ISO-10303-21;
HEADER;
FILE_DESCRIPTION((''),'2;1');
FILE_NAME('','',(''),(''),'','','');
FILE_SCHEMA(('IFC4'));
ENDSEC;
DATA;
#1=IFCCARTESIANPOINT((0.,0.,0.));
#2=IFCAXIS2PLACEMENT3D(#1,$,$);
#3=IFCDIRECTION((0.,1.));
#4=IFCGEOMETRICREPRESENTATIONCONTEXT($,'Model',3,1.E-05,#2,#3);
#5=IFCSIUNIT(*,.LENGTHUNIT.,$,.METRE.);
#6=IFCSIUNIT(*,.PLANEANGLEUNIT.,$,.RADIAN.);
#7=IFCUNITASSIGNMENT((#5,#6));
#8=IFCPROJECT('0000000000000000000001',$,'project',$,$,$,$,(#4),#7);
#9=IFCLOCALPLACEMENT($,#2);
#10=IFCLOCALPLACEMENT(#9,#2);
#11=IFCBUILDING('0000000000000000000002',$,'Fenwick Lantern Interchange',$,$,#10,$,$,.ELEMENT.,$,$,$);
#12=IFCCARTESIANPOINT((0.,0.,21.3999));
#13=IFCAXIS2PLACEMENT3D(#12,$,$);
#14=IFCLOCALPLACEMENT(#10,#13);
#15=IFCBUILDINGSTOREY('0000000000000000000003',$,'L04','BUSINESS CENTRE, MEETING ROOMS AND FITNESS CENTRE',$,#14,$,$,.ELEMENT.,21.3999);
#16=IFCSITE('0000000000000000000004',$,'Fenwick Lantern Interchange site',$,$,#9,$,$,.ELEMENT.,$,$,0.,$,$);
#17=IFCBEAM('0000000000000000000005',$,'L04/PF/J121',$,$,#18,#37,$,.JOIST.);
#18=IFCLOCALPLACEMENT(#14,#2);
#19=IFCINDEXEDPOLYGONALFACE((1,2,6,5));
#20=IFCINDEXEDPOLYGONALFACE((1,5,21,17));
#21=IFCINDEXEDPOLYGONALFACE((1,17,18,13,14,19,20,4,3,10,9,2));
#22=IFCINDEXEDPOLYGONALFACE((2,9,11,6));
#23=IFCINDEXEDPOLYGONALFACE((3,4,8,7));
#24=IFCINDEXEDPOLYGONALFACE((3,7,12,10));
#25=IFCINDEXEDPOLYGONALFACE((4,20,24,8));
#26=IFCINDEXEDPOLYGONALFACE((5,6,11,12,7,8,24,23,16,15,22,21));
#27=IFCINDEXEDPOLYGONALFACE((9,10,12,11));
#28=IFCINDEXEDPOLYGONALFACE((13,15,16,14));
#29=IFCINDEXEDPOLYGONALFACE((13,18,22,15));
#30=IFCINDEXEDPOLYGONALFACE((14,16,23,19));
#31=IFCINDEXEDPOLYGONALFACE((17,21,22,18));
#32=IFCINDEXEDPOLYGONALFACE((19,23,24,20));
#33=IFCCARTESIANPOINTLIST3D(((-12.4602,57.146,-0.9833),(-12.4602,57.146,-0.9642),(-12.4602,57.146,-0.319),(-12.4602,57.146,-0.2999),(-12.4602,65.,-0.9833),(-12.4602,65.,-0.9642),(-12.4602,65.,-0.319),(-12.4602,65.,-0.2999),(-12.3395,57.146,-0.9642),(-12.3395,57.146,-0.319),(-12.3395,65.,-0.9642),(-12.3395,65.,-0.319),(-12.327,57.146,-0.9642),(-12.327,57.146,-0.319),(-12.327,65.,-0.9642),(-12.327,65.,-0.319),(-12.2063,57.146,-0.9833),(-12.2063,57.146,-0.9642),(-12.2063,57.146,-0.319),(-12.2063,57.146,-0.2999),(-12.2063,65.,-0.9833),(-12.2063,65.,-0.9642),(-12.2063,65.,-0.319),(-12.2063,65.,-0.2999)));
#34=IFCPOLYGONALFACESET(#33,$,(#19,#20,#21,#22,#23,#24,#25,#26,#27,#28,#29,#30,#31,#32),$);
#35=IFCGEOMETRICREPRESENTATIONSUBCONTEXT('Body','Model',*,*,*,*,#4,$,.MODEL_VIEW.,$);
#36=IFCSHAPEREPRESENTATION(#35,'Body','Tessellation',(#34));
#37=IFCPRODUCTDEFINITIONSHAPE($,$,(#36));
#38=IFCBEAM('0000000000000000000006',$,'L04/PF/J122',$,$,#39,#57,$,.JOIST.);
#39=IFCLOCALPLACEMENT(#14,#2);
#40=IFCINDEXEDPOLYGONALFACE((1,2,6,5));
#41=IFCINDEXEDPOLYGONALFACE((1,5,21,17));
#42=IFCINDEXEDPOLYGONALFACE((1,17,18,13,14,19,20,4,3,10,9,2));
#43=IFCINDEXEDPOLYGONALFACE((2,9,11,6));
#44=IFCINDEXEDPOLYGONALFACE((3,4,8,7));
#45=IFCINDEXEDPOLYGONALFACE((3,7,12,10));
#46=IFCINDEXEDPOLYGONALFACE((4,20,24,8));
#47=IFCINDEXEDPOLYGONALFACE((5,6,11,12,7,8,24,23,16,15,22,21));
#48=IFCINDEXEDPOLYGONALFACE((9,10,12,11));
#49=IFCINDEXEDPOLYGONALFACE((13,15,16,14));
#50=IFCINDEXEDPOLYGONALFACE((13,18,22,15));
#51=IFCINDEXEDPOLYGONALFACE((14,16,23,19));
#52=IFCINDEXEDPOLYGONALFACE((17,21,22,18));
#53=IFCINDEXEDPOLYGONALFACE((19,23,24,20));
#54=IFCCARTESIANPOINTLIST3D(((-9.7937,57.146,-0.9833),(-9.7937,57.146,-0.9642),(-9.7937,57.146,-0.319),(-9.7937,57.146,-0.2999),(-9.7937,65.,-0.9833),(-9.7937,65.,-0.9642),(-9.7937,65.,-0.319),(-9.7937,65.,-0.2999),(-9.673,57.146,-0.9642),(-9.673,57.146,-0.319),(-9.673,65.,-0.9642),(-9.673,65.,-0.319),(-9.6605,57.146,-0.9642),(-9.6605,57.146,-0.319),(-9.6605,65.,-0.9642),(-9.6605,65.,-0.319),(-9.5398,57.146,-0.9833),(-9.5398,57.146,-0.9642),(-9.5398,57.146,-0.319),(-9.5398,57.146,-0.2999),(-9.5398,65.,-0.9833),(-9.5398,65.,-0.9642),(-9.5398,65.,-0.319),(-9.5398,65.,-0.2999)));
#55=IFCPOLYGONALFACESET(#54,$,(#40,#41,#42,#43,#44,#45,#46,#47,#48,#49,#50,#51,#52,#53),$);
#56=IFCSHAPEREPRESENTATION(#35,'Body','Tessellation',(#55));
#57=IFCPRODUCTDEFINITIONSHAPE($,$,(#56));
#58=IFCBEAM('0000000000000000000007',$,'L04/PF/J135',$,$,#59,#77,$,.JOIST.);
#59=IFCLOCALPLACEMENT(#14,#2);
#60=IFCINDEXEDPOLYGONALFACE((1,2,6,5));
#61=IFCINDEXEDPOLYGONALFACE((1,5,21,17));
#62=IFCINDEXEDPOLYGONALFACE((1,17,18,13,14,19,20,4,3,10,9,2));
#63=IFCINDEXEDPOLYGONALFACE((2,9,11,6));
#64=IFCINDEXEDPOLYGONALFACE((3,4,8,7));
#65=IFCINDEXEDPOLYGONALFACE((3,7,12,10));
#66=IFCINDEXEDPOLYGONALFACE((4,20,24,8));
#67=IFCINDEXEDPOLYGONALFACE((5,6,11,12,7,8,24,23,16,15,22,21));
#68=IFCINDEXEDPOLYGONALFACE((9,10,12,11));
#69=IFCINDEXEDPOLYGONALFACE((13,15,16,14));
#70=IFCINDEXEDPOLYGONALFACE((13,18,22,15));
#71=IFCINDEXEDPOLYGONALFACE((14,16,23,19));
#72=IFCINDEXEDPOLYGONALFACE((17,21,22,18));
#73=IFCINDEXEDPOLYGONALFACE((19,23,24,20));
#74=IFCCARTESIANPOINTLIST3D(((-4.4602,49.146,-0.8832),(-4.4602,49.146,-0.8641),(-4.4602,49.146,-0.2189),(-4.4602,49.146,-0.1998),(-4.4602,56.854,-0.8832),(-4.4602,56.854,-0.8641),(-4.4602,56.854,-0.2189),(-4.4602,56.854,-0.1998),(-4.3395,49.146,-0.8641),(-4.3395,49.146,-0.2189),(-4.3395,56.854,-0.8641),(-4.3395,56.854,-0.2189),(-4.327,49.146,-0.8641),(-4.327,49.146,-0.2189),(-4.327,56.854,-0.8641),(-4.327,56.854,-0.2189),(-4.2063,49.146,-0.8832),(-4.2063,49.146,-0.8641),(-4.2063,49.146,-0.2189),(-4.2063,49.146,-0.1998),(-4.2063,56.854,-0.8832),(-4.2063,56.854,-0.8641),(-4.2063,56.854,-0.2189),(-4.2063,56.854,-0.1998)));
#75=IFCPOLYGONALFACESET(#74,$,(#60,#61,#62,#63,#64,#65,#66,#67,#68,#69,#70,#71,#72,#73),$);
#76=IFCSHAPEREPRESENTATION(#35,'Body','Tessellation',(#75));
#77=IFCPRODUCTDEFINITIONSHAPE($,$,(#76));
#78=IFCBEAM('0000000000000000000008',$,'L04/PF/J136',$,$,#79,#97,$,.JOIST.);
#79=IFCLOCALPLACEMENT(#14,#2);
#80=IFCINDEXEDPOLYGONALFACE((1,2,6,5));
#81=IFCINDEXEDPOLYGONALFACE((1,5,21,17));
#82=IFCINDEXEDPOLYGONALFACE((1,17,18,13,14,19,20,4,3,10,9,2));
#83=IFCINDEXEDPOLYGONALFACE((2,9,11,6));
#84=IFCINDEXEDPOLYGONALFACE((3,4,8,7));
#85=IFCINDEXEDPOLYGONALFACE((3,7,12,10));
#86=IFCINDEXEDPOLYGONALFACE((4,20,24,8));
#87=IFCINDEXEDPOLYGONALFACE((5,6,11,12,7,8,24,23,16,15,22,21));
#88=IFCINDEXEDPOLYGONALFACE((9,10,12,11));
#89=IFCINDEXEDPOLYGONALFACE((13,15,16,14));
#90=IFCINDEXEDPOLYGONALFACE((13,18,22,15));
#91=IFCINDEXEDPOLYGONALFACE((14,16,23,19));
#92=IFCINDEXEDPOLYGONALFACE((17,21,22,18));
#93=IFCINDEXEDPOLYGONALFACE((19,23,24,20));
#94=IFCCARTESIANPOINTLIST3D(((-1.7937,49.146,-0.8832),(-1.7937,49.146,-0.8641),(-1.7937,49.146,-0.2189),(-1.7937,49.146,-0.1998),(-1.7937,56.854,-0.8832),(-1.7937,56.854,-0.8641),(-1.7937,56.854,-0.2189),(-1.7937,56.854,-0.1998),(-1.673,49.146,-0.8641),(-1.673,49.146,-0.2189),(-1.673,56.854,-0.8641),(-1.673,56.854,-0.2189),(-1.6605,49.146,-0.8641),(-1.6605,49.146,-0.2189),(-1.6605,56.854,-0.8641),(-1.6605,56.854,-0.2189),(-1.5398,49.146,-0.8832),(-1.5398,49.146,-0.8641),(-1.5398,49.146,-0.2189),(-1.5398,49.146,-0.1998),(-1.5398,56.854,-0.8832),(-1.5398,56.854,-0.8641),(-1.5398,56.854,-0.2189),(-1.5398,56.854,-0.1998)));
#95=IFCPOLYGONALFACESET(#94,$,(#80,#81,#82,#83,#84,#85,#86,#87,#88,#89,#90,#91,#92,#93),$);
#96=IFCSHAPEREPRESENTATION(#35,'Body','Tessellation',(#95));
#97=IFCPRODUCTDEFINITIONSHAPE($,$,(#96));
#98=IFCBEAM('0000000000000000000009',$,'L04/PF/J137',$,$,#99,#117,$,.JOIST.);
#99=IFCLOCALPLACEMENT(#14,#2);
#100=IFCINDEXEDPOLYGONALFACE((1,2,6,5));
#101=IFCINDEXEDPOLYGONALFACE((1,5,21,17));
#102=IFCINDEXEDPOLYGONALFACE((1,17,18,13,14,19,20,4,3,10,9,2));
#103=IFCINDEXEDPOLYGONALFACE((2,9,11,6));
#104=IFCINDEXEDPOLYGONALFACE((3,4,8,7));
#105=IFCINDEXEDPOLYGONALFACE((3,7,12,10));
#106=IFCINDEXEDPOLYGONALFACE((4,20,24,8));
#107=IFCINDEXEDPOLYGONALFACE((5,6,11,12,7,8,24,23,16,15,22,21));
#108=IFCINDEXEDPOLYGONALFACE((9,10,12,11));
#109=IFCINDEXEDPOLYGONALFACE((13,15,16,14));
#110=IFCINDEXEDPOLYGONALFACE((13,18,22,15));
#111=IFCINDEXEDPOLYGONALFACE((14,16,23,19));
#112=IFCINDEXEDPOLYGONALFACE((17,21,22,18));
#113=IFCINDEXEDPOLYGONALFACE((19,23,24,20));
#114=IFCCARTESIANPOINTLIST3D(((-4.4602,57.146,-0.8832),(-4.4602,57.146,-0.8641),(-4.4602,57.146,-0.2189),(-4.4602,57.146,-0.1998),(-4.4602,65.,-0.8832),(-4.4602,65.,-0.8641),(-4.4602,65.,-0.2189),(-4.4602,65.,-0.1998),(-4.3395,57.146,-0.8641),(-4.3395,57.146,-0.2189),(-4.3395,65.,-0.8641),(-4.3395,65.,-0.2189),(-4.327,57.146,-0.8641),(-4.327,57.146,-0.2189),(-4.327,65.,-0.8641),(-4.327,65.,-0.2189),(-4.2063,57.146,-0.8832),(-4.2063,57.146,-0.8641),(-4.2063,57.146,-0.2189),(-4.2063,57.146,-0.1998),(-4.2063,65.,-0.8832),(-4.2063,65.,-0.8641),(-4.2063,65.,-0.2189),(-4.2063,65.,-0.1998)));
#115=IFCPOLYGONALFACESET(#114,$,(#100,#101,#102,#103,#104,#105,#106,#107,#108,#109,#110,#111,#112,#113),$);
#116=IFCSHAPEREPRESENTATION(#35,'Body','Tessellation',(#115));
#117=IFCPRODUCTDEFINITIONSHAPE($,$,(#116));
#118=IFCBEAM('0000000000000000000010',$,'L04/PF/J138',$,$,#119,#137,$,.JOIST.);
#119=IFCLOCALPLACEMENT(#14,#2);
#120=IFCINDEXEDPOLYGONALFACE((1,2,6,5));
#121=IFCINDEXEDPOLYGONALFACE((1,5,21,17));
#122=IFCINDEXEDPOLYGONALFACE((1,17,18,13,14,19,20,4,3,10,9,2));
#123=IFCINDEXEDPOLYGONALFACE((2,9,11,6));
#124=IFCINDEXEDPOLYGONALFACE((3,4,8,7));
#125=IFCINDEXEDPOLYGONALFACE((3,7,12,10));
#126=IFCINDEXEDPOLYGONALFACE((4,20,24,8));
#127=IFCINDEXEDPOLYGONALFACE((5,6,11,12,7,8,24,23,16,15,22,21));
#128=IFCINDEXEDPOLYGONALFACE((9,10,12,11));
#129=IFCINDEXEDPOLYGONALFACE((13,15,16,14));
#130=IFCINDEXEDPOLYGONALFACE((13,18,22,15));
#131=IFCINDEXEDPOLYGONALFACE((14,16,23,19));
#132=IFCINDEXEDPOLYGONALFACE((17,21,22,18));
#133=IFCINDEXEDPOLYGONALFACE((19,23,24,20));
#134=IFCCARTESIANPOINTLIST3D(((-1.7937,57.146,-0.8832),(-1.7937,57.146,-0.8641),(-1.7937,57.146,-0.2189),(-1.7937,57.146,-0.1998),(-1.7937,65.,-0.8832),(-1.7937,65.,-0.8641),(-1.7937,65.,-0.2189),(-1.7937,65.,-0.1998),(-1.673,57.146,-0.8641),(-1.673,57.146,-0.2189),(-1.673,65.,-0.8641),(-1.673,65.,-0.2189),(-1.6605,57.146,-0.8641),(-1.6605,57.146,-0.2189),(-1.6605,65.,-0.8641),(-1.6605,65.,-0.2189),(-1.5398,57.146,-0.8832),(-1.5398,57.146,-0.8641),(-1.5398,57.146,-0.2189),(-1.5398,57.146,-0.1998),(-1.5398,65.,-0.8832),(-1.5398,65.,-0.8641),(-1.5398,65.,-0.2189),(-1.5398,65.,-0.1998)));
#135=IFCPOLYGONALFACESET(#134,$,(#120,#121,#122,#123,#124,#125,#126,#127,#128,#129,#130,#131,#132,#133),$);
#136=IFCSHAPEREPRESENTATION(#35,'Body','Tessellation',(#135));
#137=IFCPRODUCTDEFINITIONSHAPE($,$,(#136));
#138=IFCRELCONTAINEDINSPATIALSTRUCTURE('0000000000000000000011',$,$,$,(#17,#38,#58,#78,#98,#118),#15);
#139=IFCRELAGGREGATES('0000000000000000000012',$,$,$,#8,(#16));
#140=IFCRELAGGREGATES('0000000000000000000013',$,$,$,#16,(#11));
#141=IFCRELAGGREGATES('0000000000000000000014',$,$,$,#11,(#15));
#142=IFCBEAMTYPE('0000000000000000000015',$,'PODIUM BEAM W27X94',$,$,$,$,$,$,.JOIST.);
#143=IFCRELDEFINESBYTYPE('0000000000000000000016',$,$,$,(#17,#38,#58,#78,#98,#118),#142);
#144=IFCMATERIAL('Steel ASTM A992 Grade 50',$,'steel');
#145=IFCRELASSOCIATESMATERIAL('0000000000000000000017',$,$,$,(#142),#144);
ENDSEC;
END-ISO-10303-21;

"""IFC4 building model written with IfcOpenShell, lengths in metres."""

from ifc_helpers import new_model, si_unit, direction, frame, origin, origin_2d, place, context, subcontext, project, spatial, i_section, extrude, material, material_profile, profile_set, type_object, element, save


model = new_model("IFC4")

# Units and contexts
model_context = context("Model", 3, precision=1e-05, world=origin(), true_north=direction((0.0, 1.0)))
body_context = subcontext(model_context, "Body", "Model", "MODEL_VIEW")
ifc_project = project(units=[si_unit("LENGTHUNIT", "METRE"), si_unit("PLANEANGLEUNIT", "RADIAN")], contexts=[model_context])

# Site, building, storey
site_placement = place(None, origin())
site = spatial("IfcSite", under=ifc_project, at=site_placement, Name="Fenwick Lantern Interchange site", CompositionType="ELEMENT", RefElevation=0.0)
building_placement = place(site_placement, origin())
building = spatial("IfcBuilding", under=site, at=building_placement, Name="Fenwick Lantern Interchange", CompositionType="ELEMENT")
storey_placement = place(building_placement, frame((0.0, 0.0, 21.3999)))
storey = spatial("IfcBuildingStorey", under=building, at=storey_placement, Name="L04", Description="BUSINESS CENTRE, MEETING ROOMS AND FITNESS CENTRE", CompositionType="ELEMENT", Elevation=21.3999)

# Shared definitions
ifc_material_1 = material(Name="Steel ASTM A992 Grade 50", Category="steel")

# Beams
ifc_material_profile_1 = material_profile(ifc_material_1, i_section(OverallWidth=0.2539, OverallDepth=0.6833, WebThickness=0.0125, FlangeThickness=0.019, at=origin_2d()), Name="W27X94")
ifc_profile_set_1 = profile_set([ifc_material_profile_1], Name="Steel ASTM A992 Grade 50")
beam_type_1 = type_object("IfcBeamType", Name="PODIUM BEAM W27X94", PredefinedType="JOIST", material=ifc_profile_set_1)
for number, where, z_axis, x_axis, name in (
    (1, (-12.3333, 57.146, -0.6416), (0.0, 1.0, 0.0), (-1.0, 0.0, 0.0), "L04/PF/J121"),
    (2, (-9.6667, 57.146, -0.6416), (0.0, 1.0, 0.0), (-1.0, 0.0, 0.0), "L04/PF/J122"),
):
    element("IfcBeam", number, at=place(storey_placement, frame(where, z_axis=z_axis, x_axis=x_axis)), inside=storey, type_object=beam_type_1, Name=name, PredefinedType="JOIST", context=body_context, shape_type="SweptSolid", body=[
        extrude(i_section(OverallWidth=0.2539, OverallDepth=0.6833, WebThickness=0.0125, FlangeThickness=0.019, at=origin_2d()), origin(), (0.0, 0.0, 1.0), 7.854),
    ])
for number, where, z_axis, x_axis, name in (
    (3, (-4.3333, 49.146, -0.5415), (0.0, 1.0, 0.0), (-1.0, 0.0, 0.0), "L04/PF/J135"),
    (4, (-1.6667, 49.146, -0.5415), (0.0, 1.0, 0.0), (-1.0, 0.0, 0.0), "L04/PF/J136"),
):
    element("IfcBeam", number, at=place(storey_placement, frame(where, z_axis=z_axis, x_axis=x_axis)), inside=storey, type_object=beam_type_1, Name=name, PredefinedType="JOIST", context=body_context, shape_type="SweptSolid", body=[
        extrude(i_section(OverallWidth=0.2539, OverallDepth=0.6833, WebThickness=0.0125, FlangeThickness=0.019, at=origin_2d()), origin(), (0.0, 0.0, 1.0), 7.708),
    ])
for number, where, z_axis, x_axis, name in (
    (5, (-4.3333, 57.146, -0.5415), (0.0, 1.0, 0.0), (-1.0, 0.0, 0.0), "L04/PF/J137"),
    (6, (-1.6667, 57.146, -0.5415), (0.0, 1.0, 0.0), (-1.0, 0.0, 0.0), "L04/PF/J138"),
):
    element("IfcBeam", number, at=place(storey_placement, frame(where, z_axis=z_axis, x_axis=x_axis)), inside=storey, type_object=beam_type_1, Name=name, PredefinedType="JOIST", context=body_context, shape_type="SweptSolid", body=[
        extrude(i_section(OverallWidth=0.2539, OverallDepth=0.6833, WebThickness=0.0125, FlangeThickness=0.019, at=origin_2d()), origin(), (0.0, 0.0, 1.0), 7.854),
    ])

save(model, "model.ifc")
